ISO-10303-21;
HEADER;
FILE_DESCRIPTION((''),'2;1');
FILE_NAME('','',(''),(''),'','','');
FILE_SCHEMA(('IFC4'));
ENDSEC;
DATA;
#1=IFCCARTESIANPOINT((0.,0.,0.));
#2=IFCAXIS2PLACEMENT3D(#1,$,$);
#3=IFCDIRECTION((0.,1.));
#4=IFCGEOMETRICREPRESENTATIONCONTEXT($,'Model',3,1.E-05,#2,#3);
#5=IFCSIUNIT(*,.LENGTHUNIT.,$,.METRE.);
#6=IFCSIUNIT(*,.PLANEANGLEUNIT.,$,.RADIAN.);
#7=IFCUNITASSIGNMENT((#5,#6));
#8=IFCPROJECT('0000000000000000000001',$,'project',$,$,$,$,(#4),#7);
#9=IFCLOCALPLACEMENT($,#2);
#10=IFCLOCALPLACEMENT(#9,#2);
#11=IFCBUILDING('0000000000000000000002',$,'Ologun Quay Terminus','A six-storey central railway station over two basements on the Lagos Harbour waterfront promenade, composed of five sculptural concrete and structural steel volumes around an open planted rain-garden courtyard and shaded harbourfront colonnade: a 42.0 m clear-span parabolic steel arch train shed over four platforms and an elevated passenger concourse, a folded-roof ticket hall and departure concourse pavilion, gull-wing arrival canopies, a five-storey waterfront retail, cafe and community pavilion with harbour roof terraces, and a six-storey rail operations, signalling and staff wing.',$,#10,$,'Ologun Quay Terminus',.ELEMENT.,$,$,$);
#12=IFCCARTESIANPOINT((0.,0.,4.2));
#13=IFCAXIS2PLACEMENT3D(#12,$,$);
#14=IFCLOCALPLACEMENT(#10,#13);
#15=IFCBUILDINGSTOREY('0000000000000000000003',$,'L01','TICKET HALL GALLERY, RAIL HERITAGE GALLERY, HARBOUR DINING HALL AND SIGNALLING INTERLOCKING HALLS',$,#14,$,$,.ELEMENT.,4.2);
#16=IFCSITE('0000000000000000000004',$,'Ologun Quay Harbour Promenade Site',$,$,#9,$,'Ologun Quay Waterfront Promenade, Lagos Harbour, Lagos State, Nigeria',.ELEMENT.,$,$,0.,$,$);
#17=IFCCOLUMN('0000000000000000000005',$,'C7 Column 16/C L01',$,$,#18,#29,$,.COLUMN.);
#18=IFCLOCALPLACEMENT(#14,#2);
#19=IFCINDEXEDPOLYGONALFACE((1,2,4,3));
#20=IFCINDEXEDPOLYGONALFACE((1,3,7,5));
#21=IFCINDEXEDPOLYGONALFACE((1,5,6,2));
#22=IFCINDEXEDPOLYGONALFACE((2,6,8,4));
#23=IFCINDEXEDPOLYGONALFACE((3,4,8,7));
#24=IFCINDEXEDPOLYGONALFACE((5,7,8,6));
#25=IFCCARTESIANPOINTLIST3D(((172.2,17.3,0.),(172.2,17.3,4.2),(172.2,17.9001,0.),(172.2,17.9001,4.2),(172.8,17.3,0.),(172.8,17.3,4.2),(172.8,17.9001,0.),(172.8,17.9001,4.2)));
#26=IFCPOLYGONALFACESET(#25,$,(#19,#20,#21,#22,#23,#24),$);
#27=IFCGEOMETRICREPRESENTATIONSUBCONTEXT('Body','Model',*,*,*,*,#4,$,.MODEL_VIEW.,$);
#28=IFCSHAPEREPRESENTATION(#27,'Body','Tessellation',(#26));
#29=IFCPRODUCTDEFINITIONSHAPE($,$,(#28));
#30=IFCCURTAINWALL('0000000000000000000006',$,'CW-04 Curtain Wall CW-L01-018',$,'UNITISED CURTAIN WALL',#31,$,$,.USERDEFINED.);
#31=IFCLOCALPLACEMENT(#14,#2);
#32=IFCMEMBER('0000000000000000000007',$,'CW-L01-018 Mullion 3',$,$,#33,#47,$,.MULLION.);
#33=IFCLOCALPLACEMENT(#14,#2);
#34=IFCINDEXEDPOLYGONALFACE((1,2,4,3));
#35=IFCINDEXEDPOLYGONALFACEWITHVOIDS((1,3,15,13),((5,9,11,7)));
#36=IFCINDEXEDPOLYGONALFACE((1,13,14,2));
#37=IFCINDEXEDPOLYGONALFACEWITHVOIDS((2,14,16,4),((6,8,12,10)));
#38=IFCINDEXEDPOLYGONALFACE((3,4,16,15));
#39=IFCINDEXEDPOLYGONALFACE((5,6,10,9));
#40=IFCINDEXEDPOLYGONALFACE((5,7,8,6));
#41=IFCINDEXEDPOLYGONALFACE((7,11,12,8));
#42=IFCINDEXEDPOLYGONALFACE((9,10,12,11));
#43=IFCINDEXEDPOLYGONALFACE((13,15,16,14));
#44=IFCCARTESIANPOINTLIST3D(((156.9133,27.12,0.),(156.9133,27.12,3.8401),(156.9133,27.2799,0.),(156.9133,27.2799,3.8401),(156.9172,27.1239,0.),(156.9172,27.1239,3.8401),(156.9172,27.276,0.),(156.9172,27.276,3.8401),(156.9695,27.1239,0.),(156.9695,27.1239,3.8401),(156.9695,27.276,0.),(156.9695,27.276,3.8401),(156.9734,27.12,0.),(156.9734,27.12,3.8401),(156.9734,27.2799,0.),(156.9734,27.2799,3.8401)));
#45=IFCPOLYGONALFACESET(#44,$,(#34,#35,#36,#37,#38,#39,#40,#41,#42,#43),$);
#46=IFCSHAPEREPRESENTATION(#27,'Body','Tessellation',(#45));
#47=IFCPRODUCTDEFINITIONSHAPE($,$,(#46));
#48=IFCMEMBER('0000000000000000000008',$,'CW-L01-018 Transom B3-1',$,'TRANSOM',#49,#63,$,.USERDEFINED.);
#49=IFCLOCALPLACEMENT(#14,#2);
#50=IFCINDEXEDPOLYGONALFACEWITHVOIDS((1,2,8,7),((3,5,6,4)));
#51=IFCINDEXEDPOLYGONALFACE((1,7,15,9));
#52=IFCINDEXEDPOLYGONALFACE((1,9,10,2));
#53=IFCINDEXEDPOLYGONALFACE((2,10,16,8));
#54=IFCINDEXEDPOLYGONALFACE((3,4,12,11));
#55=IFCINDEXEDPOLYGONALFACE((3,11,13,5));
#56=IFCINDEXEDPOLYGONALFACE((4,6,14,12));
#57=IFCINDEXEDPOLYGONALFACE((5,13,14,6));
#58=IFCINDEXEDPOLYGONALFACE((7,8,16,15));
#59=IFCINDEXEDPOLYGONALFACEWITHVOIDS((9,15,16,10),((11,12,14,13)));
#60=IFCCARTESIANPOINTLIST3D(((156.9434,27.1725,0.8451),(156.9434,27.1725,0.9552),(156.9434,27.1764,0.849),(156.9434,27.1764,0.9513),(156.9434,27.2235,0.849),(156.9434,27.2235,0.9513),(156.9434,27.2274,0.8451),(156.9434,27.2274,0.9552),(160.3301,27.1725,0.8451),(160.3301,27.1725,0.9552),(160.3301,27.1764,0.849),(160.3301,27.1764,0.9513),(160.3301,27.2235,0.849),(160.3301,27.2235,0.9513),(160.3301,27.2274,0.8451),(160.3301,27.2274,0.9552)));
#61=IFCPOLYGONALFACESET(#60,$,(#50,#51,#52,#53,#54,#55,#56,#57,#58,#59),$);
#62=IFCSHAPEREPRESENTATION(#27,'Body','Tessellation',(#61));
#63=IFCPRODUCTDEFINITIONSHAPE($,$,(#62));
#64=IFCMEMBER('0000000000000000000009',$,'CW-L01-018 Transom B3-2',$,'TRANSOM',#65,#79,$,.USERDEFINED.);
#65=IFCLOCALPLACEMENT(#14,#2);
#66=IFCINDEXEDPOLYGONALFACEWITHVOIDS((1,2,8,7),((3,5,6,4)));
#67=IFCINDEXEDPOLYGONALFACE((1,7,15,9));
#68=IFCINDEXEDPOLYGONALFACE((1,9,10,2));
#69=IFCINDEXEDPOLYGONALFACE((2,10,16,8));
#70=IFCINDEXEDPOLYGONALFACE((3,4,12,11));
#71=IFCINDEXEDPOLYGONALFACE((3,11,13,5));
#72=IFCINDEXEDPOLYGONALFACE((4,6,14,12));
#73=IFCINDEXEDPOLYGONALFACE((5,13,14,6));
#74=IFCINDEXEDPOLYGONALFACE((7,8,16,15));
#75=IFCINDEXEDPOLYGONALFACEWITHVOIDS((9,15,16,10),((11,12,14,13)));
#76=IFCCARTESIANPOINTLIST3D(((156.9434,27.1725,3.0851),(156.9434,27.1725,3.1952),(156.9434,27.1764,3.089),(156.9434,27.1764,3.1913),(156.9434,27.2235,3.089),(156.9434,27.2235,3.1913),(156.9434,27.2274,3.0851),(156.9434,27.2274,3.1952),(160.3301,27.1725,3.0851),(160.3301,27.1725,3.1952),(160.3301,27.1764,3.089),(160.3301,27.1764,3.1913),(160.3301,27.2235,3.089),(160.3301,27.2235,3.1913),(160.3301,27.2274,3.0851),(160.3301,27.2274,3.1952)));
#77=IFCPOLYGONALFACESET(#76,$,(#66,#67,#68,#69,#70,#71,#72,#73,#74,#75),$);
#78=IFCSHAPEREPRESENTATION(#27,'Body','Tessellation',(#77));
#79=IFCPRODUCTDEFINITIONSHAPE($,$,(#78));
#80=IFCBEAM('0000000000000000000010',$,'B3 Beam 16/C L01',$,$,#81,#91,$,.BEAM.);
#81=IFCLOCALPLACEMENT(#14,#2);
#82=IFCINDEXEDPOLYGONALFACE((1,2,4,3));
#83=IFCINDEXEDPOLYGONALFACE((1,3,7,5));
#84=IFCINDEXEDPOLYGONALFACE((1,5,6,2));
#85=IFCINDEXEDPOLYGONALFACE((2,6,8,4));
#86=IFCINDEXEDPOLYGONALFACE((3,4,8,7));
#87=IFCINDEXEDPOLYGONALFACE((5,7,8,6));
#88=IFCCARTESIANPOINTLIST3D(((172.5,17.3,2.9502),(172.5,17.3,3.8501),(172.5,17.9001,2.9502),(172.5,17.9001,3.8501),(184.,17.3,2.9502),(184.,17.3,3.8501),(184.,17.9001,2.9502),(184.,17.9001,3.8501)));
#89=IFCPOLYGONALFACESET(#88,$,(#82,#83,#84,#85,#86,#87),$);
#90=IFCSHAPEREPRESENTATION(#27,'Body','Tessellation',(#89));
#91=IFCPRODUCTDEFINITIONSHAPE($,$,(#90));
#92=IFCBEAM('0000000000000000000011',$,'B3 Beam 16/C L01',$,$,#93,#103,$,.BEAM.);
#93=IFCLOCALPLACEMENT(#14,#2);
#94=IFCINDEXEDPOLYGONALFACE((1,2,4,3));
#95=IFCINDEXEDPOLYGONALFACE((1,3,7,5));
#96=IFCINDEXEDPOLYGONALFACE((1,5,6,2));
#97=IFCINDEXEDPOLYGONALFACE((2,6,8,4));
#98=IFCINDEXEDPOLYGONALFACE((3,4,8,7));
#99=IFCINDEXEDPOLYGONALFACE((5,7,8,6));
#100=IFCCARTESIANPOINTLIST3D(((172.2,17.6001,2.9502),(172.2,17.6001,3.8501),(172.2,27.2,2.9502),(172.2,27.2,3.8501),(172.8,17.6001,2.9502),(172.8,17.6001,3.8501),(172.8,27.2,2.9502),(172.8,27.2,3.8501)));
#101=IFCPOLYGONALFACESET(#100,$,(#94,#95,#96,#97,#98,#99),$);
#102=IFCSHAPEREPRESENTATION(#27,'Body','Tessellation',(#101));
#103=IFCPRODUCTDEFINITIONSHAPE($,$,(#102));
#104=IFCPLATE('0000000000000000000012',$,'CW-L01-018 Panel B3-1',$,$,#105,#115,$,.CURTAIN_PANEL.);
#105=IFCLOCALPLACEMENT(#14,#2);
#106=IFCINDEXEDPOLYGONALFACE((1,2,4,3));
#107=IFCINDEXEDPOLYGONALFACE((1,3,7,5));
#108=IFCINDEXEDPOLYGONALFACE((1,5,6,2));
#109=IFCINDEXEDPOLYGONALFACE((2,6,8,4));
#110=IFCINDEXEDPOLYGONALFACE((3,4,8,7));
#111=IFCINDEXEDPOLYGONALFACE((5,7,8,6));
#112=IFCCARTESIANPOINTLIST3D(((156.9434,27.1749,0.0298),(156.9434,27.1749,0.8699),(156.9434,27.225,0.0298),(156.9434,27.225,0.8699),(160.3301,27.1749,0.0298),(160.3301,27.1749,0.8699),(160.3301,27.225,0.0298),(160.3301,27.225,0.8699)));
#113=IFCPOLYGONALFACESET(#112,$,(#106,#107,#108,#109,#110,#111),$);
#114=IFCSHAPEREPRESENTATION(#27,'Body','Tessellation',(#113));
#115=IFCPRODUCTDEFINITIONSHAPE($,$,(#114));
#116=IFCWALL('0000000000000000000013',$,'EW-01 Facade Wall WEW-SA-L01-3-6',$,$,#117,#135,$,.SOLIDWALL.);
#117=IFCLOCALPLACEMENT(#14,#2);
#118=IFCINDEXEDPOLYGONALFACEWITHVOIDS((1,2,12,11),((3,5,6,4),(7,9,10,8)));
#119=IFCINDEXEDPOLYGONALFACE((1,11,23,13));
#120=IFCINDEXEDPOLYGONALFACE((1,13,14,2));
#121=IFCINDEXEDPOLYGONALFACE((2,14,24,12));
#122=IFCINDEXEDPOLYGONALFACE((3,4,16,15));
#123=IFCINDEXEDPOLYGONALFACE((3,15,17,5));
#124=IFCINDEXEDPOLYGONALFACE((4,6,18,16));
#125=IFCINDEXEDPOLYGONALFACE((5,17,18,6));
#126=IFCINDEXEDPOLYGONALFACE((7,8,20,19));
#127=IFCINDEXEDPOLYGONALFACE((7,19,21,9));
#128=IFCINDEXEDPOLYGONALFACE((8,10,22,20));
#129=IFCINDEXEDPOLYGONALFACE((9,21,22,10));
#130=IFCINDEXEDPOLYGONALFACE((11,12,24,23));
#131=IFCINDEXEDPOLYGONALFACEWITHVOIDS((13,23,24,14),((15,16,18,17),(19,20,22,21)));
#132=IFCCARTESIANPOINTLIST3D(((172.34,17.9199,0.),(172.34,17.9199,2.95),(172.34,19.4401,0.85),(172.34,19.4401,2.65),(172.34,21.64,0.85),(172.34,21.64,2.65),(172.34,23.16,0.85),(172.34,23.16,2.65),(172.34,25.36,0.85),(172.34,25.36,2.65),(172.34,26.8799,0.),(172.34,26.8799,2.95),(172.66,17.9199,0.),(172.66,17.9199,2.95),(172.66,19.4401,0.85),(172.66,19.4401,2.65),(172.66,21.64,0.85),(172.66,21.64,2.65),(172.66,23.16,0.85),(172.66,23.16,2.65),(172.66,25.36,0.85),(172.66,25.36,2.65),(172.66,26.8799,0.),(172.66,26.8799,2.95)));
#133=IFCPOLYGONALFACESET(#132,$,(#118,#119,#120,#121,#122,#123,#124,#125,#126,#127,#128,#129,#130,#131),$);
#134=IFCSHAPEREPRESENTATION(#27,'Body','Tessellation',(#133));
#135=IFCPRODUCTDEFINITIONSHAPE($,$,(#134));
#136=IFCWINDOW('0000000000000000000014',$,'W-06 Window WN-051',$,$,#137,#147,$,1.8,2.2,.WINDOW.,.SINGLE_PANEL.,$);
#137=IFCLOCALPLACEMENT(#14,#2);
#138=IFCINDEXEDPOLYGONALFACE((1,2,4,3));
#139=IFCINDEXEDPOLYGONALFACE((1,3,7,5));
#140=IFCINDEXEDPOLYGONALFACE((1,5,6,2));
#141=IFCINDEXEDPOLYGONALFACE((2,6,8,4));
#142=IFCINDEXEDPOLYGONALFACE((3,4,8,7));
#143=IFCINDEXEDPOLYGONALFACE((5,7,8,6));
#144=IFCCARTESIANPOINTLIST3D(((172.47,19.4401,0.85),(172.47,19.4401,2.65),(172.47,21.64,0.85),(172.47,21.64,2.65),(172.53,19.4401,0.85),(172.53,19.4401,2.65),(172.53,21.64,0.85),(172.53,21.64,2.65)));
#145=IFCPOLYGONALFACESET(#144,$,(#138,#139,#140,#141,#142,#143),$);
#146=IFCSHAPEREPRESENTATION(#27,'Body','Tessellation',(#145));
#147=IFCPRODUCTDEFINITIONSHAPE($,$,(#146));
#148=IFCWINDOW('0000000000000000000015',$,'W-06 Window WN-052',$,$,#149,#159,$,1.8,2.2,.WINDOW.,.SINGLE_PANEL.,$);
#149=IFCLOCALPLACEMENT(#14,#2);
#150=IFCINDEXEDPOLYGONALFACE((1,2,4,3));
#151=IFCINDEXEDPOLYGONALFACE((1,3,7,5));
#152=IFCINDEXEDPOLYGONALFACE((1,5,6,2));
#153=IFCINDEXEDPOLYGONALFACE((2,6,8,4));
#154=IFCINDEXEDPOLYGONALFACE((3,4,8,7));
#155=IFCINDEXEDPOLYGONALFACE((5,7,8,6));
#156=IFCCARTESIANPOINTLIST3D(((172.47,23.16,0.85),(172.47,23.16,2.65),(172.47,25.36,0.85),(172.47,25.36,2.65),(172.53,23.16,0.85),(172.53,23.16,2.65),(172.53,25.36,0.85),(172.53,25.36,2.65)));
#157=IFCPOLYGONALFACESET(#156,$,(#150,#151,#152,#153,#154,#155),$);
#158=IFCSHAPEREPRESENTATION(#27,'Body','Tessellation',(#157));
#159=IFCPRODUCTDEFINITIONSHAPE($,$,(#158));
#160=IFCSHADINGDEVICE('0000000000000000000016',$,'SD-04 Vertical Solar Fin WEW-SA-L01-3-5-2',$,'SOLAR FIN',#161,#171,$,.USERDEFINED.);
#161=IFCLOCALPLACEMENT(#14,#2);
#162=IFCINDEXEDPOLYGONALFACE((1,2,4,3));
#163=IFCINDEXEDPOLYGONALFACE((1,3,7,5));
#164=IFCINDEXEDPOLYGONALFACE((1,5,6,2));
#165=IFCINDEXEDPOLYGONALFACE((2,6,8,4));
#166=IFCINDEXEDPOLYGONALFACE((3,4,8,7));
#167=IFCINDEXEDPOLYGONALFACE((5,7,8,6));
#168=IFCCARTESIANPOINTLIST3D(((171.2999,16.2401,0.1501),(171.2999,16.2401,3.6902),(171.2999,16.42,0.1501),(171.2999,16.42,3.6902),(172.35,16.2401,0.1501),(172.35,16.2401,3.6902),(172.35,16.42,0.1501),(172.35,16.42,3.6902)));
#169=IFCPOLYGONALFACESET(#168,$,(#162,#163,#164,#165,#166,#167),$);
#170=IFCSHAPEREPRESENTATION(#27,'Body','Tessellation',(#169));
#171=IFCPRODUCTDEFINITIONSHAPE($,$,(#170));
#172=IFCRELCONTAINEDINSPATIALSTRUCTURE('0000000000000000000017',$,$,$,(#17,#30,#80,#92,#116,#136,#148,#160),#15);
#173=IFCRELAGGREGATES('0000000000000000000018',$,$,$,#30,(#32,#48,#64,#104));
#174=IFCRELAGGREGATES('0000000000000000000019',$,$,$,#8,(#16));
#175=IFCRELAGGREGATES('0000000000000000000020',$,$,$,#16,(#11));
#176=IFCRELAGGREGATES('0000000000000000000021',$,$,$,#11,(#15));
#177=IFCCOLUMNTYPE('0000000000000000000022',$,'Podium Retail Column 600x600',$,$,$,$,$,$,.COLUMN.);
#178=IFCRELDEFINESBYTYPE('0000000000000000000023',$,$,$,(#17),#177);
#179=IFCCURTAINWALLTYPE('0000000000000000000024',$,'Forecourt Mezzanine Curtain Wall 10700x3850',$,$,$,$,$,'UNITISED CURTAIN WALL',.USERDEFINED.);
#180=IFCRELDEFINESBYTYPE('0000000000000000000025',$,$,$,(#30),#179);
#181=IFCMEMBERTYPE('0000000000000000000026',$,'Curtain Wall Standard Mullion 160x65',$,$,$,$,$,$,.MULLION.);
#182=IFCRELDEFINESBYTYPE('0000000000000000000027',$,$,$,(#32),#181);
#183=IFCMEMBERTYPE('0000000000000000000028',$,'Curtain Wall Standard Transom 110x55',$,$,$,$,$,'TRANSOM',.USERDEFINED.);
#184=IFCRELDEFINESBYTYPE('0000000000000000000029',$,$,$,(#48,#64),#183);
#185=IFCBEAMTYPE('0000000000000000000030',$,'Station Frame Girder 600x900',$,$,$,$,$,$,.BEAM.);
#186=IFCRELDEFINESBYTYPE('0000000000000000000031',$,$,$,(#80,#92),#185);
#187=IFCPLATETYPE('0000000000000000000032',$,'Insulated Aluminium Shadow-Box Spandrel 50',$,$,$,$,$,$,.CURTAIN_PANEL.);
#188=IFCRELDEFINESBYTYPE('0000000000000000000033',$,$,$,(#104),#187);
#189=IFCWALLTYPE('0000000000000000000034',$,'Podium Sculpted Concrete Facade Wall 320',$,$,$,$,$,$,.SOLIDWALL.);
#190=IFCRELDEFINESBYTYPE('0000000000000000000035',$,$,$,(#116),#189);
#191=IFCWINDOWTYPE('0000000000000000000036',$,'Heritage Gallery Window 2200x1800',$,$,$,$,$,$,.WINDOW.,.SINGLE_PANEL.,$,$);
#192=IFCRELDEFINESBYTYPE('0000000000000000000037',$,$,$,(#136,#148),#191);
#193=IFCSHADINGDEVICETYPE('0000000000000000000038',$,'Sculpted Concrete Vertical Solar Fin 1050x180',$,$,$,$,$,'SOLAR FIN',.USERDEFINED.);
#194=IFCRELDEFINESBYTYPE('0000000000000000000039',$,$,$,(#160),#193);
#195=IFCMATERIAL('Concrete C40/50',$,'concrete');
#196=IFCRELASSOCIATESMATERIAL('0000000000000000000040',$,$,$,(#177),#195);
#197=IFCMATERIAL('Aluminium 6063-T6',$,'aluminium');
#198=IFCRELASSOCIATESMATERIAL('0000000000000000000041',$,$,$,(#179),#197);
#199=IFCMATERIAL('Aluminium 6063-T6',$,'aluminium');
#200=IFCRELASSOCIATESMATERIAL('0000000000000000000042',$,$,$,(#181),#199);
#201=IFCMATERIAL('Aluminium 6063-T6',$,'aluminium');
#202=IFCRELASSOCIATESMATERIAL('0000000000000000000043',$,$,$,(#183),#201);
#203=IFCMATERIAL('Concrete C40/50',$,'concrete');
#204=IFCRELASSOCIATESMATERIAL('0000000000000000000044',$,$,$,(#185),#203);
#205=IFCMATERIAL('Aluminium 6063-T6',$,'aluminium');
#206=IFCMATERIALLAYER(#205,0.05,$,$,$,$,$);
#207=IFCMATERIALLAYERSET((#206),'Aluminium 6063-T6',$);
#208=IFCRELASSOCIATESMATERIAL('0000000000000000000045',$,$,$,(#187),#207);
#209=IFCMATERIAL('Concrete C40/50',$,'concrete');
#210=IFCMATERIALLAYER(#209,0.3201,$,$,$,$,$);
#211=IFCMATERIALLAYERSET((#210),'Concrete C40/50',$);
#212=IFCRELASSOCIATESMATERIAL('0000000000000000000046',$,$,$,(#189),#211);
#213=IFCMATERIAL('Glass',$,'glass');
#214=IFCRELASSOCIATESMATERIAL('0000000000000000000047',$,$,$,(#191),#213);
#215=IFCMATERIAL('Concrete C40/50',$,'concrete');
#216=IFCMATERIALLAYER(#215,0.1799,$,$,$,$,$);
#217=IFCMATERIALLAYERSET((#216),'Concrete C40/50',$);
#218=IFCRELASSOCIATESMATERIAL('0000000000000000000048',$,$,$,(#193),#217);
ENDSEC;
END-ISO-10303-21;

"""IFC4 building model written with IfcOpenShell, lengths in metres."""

from ifc_helpers import new_model, si_unit, direction, frame, frame_2d, origin, origin_2d, place, context, subcontext, project, spatial, rectangle, hollow_rectangle, extrude, material, layer, layer_set, material_profile, profile_set, type_object, element, fill, aggregate, save


model = new_model("IFC4")

# Units and contexts
model_context = context("Model", 3, precision=1e-05, world=origin(), true_north=direction((0.0, 1.0)))
body_context = subcontext(model_context, "Body", "Model", "MODEL_VIEW")
ifc_project = project(units=[si_unit("LENGTHUNIT", "METRE"), si_unit("PLANEANGLEUNIT", "RADIAN")], contexts=[model_context])

# Site, building, storey
site_placement = place(None, origin())
site = spatial("IfcSite", under=ifc_project, at=site_placement, Name="Ologun Quay Harbour Promenade Site", LongName="Ologun Quay Waterfront Promenade, Lagos Harbour, Lagos State, Nigeria", CompositionType="ELEMENT", RefElevation=0.0)
building_placement = place(site_placement, origin())
building = spatial("IfcBuilding", under=site, at=building_placement, Name="Ologun Quay Terminus", Description="A six-storey central railway station over two basements on the Lagos Harbour waterfront promenade, composed of five sculptural concrete and structural steel volumes around an open planted rain-garden courtyard and shaded harbourfront colonnade: a 42.0 m clear-span parabolic steel arch train shed over four platforms and an elevated passenger concourse, a folded-roof ticket hall and departure concourse pavilion, gull-wing arrival canopies, a five-storey waterfront retail, cafe and community pavilion with harbour roof terraces, and a six-storey rail operations, signalling and staff wing.", LongName="Ologun Quay Terminus", CompositionType="ELEMENT")
storey_placement = place(building_placement, frame((0.0, 0.0, 4.2)))
storey = spatial("IfcBuildingStorey", under=building, at=storey_placement, Name="L01", Description="TICKET HALL GALLERY, RAIL HERITAGE GALLERY, HARBOUR DINING HALL AND SIGNALLING INTERLOCKING HALLS", CompositionType="ELEMENT", Elevation=4.2)

# Column
ifc_material_1 = material(Name="Concrete C40/50", Category="concrete")
ifc_material_profile_1 = material_profile(ifc_material_1, rectangle(XDim=0.6001, YDim=0.6001, at=origin_2d()), Name="RC 600x600")
ifc_profile_set_1 = profile_set([ifc_material_profile_1], Name="Concrete C40/50")
column_type = type_object("IfcColumnType", Name="Podium Retail Column 600x600", PredefinedType="COLUMN", material=ifc_profile_set_1)
column_placement = place(storey_placement, frame((172.5, 17.6001, 0.0), z_axis=(0.0, 0.0, 1.0), x_axis=(1.0, 0.0, 0.0)))
element("IfcColumn", 1, at=column_placement, inside=storey, type_object=column_type, Name="C7 Column 16/C L01", PredefinedType="COLUMN", context=body_context, shape_type="SweptSolid", body=[
    extrude(rectangle(XDim=0.6001, YDim=0.6001, at=origin_2d()), origin(), (0.0, 0.0, 1.0), 4.2),
])

# Curtain wall, members
ifc_material_2 = material(Name="Aluminium 6063-T6", Category="aluminium")
curtain_wall_type = type_object("IfcCurtainWallType", Name="Forecourt Mezzanine Curtain Wall 10700x3850", ElementType="UNITISED CURTAIN WALL", PredefinedType="USERDEFINED", material=ifc_material_2)
curtain_wall_placement = place(storey_placement, origin())
curtain_wall = element("IfcCurtainWall", 2, at=curtain_wall_placement, inside=storey, type_object=curtain_wall_type, Name="CW-04 Curtain Wall CW-L01-018", ObjectType="UNITISED CURTAIN WALL", PredefinedType="USERDEFINED")
ifc_material_3 = material(Name="Aluminium 6063-T6", Category="aluminium")
ifc_material_profile_2 = material_profile(ifc_material_3, hollow_rectangle(XDim=0.0601, YDim=0.1599, WallThickness=0.0039, at=origin_2d()), Name="ALU 160x60x4")
ifc_profile_set_2 = profile_set([ifc_material_profile_2], Name="Aluminium 6063-T6")
member_type_1 = type_object("IfcMemberType", Name="Curtain Wall Standard Mullion 160x65", PredefinedType="MULLION", material=ifc_profile_set_2)
member_1_placement = place(storey_placement, frame((156.9434, 27.2, 0.0), z_axis=(0.0, 0.0, 1.0), x_axis=(1.0, 0.0, 0.0)))
member_1 = element("IfcMember", 3, at=member_1_placement, type_object=member_type_1, Name="CW-L01-018 Mullion 3", PredefinedType="MULLION", context=body_context, shape_type="SweptSolid", body=[
    extrude(hollow_rectangle(XDim=0.0601, YDim=0.1599, WallThickness=0.0039, at=origin_2d()), origin(), (0.0, 0.0, 1.0), 3.8401),
])
ifc_material_4 = material(Name="Aluminium 6063-T6", Category="aluminium")
ifc_material_profile_3 = material_profile(ifc_material_4, hollow_rectangle(XDim=0.0549, YDim=0.1101, WallThickness=0.0039, at=origin_2d()), Name="ALU 110x55x4")
ifc_profile_set_3 = profile_set([ifc_material_profile_3], Name="Aluminium 6063-T6")
member_type_2 = type_object("IfcMemberType", Name="Curtain Wall Standard Transom 110x55", ElementType="TRANSOM", PredefinedType="USERDEFINED", material=ifc_profile_set_3)
member_2_placement = place(storey_placement, frame((156.9434, 27.2, 0.9001), z_axis=(1.0, 0.0, 0.0), x_axis=(0.0, 1.0, 0.0)))
member_2 = element("IfcMember", 4, at=member_2_placement, type_object=member_type_2, Name="CW-L01-018 Transom B3-1", ObjectType="TRANSOM", PredefinedType="USERDEFINED", context=body_context, shape_type="SweptSolid", body=[
    extrude(hollow_rectangle(XDim=0.0549, YDim=0.1101, WallThickness=0.0039, at=origin_2d()), origin(), (0.0, 0.0, 1.0), 3.3867),
])
member_3_placement = place(storey_placement, frame((156.9434, 27.2, 3.1401), z_axis=(1.0, 0.0, 0.0), x_axis=(0.0, 1.0, 0.0)))
member_3 = element("IfcMember", 5, at=member_3_placement, type_object=member_type_2, Name="CW-L01-018 Transom B3-2", ObjectType="TRANSOM", PredefinedType="USERDEFINED", context=body_context, shape_type="SweptSolid", body=[
    extrude(hollow_rectangle(XDim=0.0549, YDim=0.1101, WallThickness=0.0039, at=origin_2d()), origin(), (0.0, 0.0, 1.0), 3.3867),
])

# Beams
ifc_material_5 = material(Name="Concrete C40/50", Category="concrete")
ifc_material_profile_4 = material_profile(ifc_material_5, rectangle(XDim=0.6001, YDim=0.8999, at=origin_2d()), Name="RC 600x900")
ifc_profile_set_4 = profile_set([ifc_material_profile_4], Name="Concrete C40/50")
beam_type = type_object("IfcBeamType", Name="Station Frame Girder 600x900", PredefinedType="BEAM", material=ifc_profile_set_4)
beam_1_placement = place(storey_placement, frame((172.5, 17.6001, 3.4001), z_axis=(1.0, 0.0, 0.0), x_axis=(0.0, 1.0, 0.0)))
element("IfcBeam", 6, at=beam_1_placement, inside=storey, type_object=beam_type, Name="B3 Beam 16/C L01", PredefinedType="BEAM", context=body_context, shape_type="SweptSolid", body=[
    extrude(rectangle(XDim=0.6001, YDim=0.8999, at=origin_2d()), origin(), (0.0, 0.0, 1.0), 11.5),
])
beam_2_placement = place(storey_placement, frame((172.5, 17.6001, 3.4001), z_axis=(0.0, 1.0, 0.0), x_axis=(-1.0, 0.0, 0.0)))
element("IfcBeam", 7, at=beam_2_placement, inside=storey, type_object=beam_type, Name="B3 Beam 16/C L01", PredefinedType="BEAM", context=body_context, shape_type="SweptSolid", body=[
    extrude(rectangle(XDim=0.6001, YDim=0.8999, at=origin_2d()), origin(), (0.0, 0.0, 1.0), 9.5999),
])

# Plate
ifc_material_6 = material(Name="Aluminium 6063-T6", Category="aluminium")
ifc_layer_1 = layer(ifc_material_6, 0.05)
ifc_layer_set_1 = layer_set([ifc_layer_1], Name="Aluminium 6063-T6")
plate_type = type_object("IfcPlateType", Name="Insulated Aluminium Shadow-Box Spandrel 50", PredefinedType="CURTAIN_PANEL", material=ifc_layer_set_1)
plate_placement = place(storey_placement, frame((158.6367, 27.2, 0.0298), z_axis=(0.0, 0.0, 1.0), x_axis=(1.0, 0.0, 0.0)))
plate = element("IfcPlate", 8, at=plate_placement, type_object=plate_type, Name="CW-L01-018 Panel B3-1", PredefinedType="CURTAIN_PANEL", context=body_context, shape_type="SweptSolid", body=[
    extrude(rectangle(XDim=3.3867, YDim=0.05, at=origin_2d()), origin(), (0.0, 0.0, 1.0), 0.8401),
])
aggregate(curtain_wall, [member_1, member_2, member_3, plate])

# Wall, openings, windows
ifc_material_7 = material(Name="Concrete C40/50", Category="concrete")
ifc_layer_2 = layer(ifc_material_7, 0.3201)
ifc_layer_set_2 = layer_set([ifc_layer_2], Name="Concrete C40/50")
wall_type = type_object("IfcWallType", Name="Podium Sculpted Concrete Facade Wall 320", PredefinedType="SOLIDWALL", material=ifc_layer_set_2)
wall_placement = place(storey_placement, frame((172.5, 17.9199, 0.0), z_axis=(0.0, 0.0, 1.0), x_axis=(0.0, 1.0, 0.0)))
wall = element("IfcWall", 9, at=wall_placement, inside=storey, type_object=wall_type, Name="EW-01 Facade Wall WEW-SA-L01-3-6", PredefinedType="SOLIDWALL", context=body_context, shape_type="SweptSolid", body=[
    extrude(rectangle(XDim=8.96, YDim=0.3201, at=frame_2d((4.48, 0.0))), origin(), (0.0, 0.0, 1.0), 2.95),
])
opening_1_placement = place(wall_placement, frame((1.52, 0.0, 0.8501)))
opening_1 = element("IfcOpeningElement", 10, at=opening_1_placement, cuts=wall, PredefinedType="OPENING", context=body_context, shape_type="SweptSolid", body=[
    extrude(rectangle(XDim=2.2, YDim=1.8, at=frame_2d((1.1001, 0.8999))), frame((0.0, 0.1699, 0.0), z_axis=(0.0, -1.0, 0.0), x_axis=(1.0, 0.0, 0.0)), (0.0, 0.0, 1.0), 0.3401),
])
opening_2_placement = place(wall_placement, frame((5.24, 0.0, 0.8501)))
opening_2 = element("IfcOpeningElement", 11, at=opening_2_placement, cuts=wall, PredefinedType="OPENING", context=body_context, shape_type="SweptSolid", body=[
    extrude(rectangle(XDim=2.2, YDim=1.8, at=frame_2d((1.1001, 0.8999))), frame((0.0, 0.1699, 0.0), z_axis=(0.0, -1.0, 0.0), x_axis=(1.0, 0.0, 0.0)), (0.0, 0.0, 1.0), 0.3401),
])
ifc_material_8 = material(Name="Glass", Category="glass")
window_type = type_object("IfcWindowType", Name="Heritage Gallery Window 2200x1800", PartitioningType="SINGLE_PANEL", PredefinedType="WINDOW", material=ifc_material_8)
window_1_placement = place(opening_1_placement, origin())
window_1 = element("IfcWindow", 12, at=window_1_placement, inside=storey, type_object=window_type, Name="W-06 Window WN-051", OverallHeight=1.8, OverallWidth=2.2, PartitioningType="SINGLE_PANEL", PredefinedType="WINDOW", context=body_context, shape_type="SweptSolid", body=[
    extrude(rectangle(XDim=2.2, YDim=1.8, at=frame_2d((1.1001, 0.8999))), frame((0.0, 0.03, 0.0), z_axis=(0.0, -1.0, 0.0), x_axis=(1.0, 0.0, 0.0)), (0.0, 0.0, 1.0), 0.0601),
])
fill(opening_1, window_1)
window_2_placement = place(opening_2_placement, origin())
window_2 = element("IfcWindow", 13, at=window_2_placement, inside=storey, type_object=window_type, Name="W-06 Window WN-052", OverallHeight=1.8, OverallWidth=2.2, PartitioningType="SINGLE_PANEL", PredefinedType="WINDOW", context=body_context, shape_type="SweptSolid", body=[
    extrude(rectangle(XDim=2.2, YDim=1.8, at=frame_2d((1.1001, 0.8999))), frame((0.0, 0.03, 0.0), z_axis=(0.0, -1.0, 0.0), x_axis=(1.0, 0.0, 0.0)), (0.0, 0.0, 1.0), 0.0601),
])
fill(opening_2, window_2)

# Shading device
ifc_material_9 = material(Name="Concrete C40/50", Category="concrete")
ifc_layer_3 = layer(ifc_material_9, 0.1799)
ifc_layer_set_3 = layer_set([ifc_layer_3], Name="Concrete C40/50")
shading_device_type = type_object("IfcShadingDeviceType", Name="Sculpted Concrete Vertical Solar Fin 1050x180", ElementType="SOLAR FIN", PredefinedType="USERDEFINED", material=ifc_layer_set_3)
for number, where, z_axis, x_axis, name in (
    (14, (171.825, 16.3301, 0.1501), (0.0, 0.0, 1.0), (1.0, 0.0, 0.0), "SD-04 Vertical Solar Fin WEW-SA-L01-3-5-2"),
):
    element("IfcShadingDevice", number, at=place(storey_placement, frame(where, z_axis=z_axis, x_axis=x_axis)), inside=storey, type_object=shading_device_type, Name=name, ObjectType="SOLAR FIN", PredefinedType="USERDEFINED", context=body_context, shape_type="SweptSolid", body=[
        extrude(rectangle(XDim=1.05, YDim=0.1799, at=origin_2d()), origin(), (0.0, 0.0, 1.0), 3.54),
    ])

save(model, "model.ifc")
